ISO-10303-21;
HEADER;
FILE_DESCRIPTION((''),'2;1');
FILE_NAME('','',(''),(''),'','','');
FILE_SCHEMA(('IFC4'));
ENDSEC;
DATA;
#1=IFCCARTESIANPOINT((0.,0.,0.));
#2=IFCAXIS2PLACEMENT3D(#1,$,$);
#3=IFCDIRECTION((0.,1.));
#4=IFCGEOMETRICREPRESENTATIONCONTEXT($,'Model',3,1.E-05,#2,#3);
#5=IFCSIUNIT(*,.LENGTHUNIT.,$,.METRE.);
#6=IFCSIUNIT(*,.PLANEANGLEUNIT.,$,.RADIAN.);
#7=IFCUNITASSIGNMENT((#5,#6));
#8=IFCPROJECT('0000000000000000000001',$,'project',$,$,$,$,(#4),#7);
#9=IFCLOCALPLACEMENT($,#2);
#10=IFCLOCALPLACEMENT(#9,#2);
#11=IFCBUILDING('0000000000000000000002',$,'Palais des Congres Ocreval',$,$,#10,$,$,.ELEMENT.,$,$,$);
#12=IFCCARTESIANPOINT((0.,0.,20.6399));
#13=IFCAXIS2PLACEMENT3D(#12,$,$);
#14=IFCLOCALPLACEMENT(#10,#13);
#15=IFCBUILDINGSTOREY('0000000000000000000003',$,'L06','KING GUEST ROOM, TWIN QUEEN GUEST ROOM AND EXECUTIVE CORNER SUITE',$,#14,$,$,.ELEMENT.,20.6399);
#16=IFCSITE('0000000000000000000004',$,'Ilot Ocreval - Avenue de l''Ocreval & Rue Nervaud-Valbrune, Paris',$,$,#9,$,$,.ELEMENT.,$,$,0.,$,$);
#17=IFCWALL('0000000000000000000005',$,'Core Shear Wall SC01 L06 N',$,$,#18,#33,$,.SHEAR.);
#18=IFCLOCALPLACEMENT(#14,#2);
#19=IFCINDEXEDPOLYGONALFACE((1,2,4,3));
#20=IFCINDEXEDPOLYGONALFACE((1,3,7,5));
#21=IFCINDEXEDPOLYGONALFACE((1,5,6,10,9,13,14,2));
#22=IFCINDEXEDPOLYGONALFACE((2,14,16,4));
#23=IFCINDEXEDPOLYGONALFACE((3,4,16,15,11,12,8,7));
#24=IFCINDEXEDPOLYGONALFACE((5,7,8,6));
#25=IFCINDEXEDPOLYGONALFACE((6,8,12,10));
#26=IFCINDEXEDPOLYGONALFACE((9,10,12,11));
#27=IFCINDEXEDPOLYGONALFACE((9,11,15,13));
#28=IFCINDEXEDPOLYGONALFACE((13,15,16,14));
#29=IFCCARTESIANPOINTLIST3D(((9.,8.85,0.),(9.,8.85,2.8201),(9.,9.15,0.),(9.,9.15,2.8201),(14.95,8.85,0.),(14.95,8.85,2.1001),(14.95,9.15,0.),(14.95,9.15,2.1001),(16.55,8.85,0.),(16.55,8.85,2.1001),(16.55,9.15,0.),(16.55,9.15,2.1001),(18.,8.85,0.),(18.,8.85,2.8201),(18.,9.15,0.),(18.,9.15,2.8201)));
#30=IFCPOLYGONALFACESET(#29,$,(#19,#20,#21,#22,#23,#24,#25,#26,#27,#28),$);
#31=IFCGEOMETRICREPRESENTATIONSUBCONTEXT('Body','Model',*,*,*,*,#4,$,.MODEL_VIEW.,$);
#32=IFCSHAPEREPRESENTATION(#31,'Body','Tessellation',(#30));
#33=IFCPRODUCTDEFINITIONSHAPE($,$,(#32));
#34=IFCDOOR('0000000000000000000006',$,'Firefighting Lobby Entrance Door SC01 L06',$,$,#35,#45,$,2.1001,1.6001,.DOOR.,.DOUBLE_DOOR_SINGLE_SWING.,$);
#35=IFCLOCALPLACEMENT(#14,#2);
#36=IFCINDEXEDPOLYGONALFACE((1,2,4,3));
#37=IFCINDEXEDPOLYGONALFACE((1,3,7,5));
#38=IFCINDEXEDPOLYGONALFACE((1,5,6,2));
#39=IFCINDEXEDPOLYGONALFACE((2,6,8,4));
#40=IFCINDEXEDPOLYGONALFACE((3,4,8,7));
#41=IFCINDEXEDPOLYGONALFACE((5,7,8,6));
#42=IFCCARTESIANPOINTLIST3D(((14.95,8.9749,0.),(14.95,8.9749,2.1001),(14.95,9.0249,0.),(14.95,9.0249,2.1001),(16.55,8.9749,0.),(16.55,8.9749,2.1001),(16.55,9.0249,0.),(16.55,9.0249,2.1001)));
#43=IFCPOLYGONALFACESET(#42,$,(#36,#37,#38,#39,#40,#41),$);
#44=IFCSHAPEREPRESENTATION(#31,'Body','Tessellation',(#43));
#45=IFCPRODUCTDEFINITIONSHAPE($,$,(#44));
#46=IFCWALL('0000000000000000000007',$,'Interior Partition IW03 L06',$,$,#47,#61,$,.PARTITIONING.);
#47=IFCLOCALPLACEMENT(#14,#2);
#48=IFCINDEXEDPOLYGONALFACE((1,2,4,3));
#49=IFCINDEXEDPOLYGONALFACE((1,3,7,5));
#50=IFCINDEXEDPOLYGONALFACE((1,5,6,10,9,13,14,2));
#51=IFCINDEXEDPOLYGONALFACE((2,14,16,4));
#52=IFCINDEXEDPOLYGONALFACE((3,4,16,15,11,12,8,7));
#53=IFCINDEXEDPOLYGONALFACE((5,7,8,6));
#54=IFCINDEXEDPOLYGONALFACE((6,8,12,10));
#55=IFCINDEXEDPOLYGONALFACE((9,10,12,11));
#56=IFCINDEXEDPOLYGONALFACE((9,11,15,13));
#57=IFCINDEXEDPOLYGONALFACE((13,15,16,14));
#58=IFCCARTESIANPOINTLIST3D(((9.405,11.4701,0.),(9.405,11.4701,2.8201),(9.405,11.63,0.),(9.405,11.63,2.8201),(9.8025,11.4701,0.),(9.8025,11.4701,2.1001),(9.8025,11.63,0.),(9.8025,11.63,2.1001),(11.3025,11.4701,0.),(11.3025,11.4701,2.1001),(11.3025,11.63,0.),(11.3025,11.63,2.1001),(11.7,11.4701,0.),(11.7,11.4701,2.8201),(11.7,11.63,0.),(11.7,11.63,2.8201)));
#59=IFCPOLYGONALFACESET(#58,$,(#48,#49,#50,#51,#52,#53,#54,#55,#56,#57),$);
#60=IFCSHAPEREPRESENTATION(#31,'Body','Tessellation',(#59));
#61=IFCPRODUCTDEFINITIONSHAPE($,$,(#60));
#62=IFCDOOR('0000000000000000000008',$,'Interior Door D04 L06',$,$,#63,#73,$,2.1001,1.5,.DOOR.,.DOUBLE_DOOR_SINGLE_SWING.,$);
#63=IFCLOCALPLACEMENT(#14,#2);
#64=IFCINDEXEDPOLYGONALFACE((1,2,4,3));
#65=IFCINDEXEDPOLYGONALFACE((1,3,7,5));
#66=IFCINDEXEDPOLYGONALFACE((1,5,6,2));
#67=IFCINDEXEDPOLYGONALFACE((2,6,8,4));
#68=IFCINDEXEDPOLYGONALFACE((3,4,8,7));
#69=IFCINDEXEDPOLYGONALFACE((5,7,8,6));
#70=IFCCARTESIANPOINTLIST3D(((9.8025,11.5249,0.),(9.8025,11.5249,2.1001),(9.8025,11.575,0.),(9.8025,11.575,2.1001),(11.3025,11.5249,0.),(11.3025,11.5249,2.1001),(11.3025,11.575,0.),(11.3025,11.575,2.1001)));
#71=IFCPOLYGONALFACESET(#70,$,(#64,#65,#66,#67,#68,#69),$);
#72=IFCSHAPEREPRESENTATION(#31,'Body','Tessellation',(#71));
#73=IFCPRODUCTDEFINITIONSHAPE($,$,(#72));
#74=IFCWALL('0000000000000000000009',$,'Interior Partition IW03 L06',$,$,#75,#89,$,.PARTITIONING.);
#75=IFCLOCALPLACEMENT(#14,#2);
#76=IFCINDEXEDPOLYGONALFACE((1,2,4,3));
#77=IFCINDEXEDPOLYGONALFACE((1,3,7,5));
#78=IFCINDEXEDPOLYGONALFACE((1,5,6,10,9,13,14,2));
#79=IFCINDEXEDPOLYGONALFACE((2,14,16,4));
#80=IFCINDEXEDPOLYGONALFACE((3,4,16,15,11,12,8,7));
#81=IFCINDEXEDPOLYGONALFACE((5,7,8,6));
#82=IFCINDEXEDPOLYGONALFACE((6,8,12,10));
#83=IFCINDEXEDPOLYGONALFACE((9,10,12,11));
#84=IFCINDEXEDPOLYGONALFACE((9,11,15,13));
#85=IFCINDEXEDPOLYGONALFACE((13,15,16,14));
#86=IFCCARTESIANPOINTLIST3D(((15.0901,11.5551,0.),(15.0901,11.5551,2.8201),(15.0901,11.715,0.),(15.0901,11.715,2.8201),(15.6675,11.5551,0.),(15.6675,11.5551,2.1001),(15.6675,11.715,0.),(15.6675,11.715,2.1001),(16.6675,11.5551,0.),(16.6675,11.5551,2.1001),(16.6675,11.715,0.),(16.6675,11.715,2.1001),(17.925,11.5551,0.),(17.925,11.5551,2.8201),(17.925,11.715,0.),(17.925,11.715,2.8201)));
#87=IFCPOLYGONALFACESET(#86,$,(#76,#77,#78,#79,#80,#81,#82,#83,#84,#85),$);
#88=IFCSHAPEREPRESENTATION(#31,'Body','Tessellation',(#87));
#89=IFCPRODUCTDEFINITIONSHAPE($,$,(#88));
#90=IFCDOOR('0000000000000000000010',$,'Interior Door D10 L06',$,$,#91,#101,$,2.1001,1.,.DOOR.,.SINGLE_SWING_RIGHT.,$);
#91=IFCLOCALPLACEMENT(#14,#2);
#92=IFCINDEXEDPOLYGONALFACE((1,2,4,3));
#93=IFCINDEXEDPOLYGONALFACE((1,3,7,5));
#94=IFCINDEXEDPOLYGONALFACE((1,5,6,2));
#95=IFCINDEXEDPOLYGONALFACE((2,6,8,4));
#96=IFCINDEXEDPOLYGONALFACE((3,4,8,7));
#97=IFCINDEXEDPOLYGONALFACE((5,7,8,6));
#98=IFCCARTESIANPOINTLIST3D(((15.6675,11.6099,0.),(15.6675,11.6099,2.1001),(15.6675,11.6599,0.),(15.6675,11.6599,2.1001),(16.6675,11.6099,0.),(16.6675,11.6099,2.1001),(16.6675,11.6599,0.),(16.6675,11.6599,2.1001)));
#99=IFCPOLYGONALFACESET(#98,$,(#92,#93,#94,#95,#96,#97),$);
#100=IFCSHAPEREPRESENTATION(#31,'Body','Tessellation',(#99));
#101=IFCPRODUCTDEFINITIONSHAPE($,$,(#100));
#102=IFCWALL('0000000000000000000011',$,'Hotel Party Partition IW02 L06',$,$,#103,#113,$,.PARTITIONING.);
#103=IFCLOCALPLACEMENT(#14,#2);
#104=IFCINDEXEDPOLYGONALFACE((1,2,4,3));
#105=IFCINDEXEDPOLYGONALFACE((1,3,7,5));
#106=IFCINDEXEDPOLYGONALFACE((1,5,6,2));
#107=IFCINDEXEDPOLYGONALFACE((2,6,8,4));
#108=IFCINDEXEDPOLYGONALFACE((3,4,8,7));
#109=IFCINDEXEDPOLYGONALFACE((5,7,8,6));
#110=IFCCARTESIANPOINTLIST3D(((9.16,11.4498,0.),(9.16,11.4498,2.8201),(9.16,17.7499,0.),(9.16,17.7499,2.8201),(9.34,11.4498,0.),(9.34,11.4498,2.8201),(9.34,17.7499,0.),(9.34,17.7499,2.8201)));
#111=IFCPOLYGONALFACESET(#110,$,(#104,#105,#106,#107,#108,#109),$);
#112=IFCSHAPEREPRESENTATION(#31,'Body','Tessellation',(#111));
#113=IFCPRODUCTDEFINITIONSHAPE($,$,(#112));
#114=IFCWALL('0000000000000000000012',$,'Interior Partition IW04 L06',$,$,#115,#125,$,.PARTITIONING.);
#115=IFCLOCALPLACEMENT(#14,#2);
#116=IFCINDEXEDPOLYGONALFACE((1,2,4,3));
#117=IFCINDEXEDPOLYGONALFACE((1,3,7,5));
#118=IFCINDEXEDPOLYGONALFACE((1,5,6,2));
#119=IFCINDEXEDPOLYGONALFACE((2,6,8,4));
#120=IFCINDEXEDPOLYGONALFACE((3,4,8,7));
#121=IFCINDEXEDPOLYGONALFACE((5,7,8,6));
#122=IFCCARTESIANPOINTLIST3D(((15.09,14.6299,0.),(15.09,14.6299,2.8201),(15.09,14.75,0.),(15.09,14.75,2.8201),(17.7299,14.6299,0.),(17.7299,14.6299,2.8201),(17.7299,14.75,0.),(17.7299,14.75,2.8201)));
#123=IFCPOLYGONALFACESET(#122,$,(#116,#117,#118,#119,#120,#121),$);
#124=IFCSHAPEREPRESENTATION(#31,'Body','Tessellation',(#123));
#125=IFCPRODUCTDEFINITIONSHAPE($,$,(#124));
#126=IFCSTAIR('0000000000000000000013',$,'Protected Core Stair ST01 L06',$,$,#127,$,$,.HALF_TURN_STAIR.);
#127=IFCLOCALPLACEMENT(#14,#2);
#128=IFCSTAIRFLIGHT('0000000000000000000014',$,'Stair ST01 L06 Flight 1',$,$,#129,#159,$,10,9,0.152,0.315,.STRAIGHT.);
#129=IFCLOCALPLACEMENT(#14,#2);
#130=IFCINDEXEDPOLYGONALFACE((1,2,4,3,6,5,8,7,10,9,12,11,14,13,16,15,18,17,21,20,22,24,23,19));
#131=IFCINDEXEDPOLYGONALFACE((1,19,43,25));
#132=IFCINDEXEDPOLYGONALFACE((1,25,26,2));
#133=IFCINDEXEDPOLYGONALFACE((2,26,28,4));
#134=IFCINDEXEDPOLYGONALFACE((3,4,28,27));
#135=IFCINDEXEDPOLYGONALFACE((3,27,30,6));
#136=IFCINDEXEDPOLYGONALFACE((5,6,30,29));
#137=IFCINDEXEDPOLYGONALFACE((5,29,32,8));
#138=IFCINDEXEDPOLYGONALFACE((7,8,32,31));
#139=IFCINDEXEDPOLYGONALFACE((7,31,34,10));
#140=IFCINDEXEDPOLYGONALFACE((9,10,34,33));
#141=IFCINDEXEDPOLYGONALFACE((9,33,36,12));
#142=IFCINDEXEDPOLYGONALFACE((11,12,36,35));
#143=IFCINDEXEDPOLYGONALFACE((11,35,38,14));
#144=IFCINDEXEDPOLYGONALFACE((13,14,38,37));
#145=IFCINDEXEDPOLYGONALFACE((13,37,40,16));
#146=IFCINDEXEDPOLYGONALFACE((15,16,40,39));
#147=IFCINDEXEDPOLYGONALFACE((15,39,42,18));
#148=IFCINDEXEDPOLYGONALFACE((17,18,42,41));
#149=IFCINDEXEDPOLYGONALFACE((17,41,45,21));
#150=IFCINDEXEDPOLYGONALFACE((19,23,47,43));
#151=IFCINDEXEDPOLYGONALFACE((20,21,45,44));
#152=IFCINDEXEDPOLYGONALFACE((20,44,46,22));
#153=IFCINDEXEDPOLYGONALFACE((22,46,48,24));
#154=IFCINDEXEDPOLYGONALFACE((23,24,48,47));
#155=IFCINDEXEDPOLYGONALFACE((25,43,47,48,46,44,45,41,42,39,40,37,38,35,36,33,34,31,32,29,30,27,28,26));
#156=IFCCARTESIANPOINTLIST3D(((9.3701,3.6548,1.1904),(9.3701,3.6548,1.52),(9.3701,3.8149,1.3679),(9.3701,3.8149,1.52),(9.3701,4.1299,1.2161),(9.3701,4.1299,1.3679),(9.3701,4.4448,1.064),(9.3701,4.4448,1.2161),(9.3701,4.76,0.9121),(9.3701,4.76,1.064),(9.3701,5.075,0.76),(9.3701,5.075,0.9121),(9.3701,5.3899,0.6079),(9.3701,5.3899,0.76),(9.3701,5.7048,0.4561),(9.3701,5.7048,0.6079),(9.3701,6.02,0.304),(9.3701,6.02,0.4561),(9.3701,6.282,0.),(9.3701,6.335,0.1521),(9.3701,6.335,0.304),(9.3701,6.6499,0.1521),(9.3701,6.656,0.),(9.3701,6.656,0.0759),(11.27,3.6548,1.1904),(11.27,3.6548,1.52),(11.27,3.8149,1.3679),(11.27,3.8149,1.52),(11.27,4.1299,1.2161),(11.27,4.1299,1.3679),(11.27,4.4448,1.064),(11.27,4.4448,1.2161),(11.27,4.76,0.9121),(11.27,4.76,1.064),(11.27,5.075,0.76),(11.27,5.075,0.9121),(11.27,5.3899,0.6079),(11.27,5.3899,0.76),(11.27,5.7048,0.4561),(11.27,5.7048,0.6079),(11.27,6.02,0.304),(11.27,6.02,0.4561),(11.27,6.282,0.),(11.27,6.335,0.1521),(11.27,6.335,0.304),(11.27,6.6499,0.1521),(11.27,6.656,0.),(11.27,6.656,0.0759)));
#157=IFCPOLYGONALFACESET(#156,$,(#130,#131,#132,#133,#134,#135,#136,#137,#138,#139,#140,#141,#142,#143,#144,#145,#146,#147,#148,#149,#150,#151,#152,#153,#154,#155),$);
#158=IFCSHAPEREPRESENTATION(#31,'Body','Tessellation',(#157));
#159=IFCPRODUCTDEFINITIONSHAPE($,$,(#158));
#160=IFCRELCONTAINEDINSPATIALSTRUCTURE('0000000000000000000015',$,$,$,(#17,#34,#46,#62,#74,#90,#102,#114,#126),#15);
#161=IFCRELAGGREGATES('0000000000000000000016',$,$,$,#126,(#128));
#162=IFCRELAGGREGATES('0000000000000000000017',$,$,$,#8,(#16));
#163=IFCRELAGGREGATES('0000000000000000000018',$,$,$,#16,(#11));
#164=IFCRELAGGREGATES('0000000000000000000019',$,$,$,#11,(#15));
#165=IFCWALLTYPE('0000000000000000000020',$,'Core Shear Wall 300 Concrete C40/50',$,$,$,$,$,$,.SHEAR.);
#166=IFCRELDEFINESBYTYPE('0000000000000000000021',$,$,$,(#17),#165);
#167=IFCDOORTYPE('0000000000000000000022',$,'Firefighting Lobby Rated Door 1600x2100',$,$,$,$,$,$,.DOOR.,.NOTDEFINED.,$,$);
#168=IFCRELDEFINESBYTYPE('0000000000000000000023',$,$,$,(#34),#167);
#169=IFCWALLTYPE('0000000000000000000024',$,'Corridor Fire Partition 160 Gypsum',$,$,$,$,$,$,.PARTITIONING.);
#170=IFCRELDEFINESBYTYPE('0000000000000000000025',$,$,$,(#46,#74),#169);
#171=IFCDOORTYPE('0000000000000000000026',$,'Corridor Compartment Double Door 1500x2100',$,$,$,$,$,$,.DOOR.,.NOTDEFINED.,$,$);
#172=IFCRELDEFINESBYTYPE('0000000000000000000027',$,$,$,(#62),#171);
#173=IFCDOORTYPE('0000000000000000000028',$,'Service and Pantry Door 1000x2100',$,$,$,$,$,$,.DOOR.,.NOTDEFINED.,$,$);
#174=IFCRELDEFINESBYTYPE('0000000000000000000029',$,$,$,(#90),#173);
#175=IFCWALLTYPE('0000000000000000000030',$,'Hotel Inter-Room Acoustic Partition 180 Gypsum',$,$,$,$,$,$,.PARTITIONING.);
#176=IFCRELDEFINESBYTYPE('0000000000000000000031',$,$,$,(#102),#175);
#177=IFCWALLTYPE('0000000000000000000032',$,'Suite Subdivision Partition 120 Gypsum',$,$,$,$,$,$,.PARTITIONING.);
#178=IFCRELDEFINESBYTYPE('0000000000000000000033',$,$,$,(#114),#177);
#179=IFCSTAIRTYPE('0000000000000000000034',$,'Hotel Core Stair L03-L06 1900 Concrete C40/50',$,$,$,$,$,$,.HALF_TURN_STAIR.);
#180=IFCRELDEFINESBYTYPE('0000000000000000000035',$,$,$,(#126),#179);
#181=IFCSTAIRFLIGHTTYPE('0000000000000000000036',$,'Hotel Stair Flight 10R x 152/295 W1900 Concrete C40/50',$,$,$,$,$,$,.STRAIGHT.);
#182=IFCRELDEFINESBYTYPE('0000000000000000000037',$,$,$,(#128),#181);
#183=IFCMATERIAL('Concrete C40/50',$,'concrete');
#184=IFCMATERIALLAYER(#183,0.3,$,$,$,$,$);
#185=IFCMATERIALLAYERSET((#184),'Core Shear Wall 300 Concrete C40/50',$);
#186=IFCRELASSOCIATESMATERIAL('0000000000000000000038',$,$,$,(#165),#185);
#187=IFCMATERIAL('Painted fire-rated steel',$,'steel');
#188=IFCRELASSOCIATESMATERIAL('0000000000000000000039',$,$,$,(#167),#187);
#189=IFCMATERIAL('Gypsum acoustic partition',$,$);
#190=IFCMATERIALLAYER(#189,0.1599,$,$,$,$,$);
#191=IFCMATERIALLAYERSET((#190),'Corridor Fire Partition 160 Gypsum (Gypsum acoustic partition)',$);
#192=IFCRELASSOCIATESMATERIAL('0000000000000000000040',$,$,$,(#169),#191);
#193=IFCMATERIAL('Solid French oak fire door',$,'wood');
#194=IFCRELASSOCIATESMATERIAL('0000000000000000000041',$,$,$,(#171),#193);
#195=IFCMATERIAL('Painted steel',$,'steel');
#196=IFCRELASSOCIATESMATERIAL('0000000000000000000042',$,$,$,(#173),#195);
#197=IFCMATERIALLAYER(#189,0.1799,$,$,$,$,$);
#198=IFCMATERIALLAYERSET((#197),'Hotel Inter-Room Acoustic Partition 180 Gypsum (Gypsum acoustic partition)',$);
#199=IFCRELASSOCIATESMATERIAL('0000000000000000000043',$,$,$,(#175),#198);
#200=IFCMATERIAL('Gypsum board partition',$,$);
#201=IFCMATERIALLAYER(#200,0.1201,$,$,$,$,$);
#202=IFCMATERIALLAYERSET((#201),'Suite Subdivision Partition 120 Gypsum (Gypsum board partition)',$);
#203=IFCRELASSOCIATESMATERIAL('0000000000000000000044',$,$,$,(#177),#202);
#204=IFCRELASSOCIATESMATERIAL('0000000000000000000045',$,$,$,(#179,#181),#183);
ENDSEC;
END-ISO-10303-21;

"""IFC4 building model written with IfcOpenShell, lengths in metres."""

from ifc_helpers import new_model, si_unit, direction, frame, frame_2d, origin, place, context, subcontext, project, spatial, polyline, rectangle, outline, extrude, material, layer, layer_set, type_object, element, fill, aggregate, save


model = new_model("IFC4")

# Units and contexts
model_context = context("Model", 3, precision=1e-05, world=origin(), true_north=direction((0.0, 1.0)))
body_context = subcontext(model_context, "Body", "Model", "MODEL_VIEW")
ifc_project = project(units=[si_unit("LENGTHUNIT", "METRE"), si_unit("PLANEANGLEUNIT", "RADIAN")], contexts=[model_context])

# Site, building, storey
site_placement = place(None, origin())
site = spatial("IfcSite", under=ifc_project, at=site_placement, Name="Ilot Ocreval - Avenue de l'Ocreval & Rue Nervaud-Valbrune, Paris", CompositionType="ELEMENT", RefElevation=0.0)
building_placement = place(site_placement, origin())
building = spatial("IfcBuilding", under=site, at=building_placement, Name="Palais des Congres Ocreval", CompositionType="ELEMENT")
storey_placement = place(building_placement, frame((0.0, 0.0, 20.6399)))
storey = spatial("IfcBuildingStorey", under=building, at=storey_placement, Name="L06", Description="KING GUEST ROOM, TWIN QUEEN GUEST ROOM AND EXECUTIVE CORNER SUITE", CompositionType="ELEMENT", Elevation=20.6399)

# Shared definitions
ifc_material_1 = material(Name="Concrete C40/50", Category="concrete")

# Walls, openings, doors
ifc_layer_1 = layer(ifc_material_1, 0.3)
ifc_layer_set_1 = layer_set([ifc_layer_1], Name="Core Shear Wall 300 Concrete C40/50")
wall_type_1 = type_object("IfcWallType", Name="Core Shear Wall 300 Concrete C40/50", PredefinedType="SHEAR", material=ifc_layer_set_1)
wall_1_placement = place(storey_placement, frame((9.0, 9.0, 0.0), z_axis=(0.0, 0.0, 1.0), x_axis=(1.0, 0.0, 0.0)))
wall_1 = element("IfcWall", 1, at=wall_1_placement, inside=storey, type_object=wall_type_1, Name="Core Shear Wall SC01 L06 N", PredefinedType="SHEAR", context=body_context, shape_type="SweptSolid", body=[
    extrude(rectangle(XDim=9.0, YDim=0.3, at=frame_2d((4.5, 0.0))), origin(), (0.0, 0.0, 1.0), 2.8201),
])
opening_1_placement = place(wall_1_placement, frame((5.95, 0.0, 0.0)))
opening_1 = element("IfcOpeningElement", 2, at=opening_1_placement, cuts=wall_1, PredefinedType="OPENING", context=body_context, shape_type="SweptSolid", body=[
    extrude(rectangle(XDim=1.6001, YDim=2.1001, at=frame_2d((0.8, 1.05))), frame((0.0, 0.1599, 0.0), z_axis=(0.0, -1.0, 0.0), x_axis=(1.0, 0.0, 0.0)), (0.0, 0.0, 1.0), 0.3201),
])
ifc_material_2 = material(Name="Painted fire-rated steel", Category="steel")
door_type_1 = type_object("IfcDoorType", Name="Firefighting Lobby Rated Door 1600x2100", OperationType="NOTDEFINED", PredefinedType="DOOR", material=ifc_material_2)
door_1_placement = place(opening_1_placement, origin())
door_1 = element("IfcDoor", 3, at=door_1_placement, inside=storey, type_object=door_type_1, Name="Firefighting Lobby Entrance Door SC01 L06", OperationType="DOUBLE_DOOR_SINGLE_SWING", OverallHeight=2.1001, OverallWidth=1.6001, PredefinedType="DOOR", context=body_context, shape_type="SweptSolid", body=[
    extrude(rectangle(XDim=1.6001, YDim=2.1001, at=frame_2d((0.8, 1.05))), frame((0.0, 0.0249, 0.0), z_axis=(0.0, -1.0, 0.0), x_axis=(1.0, 0.0, 0.0)), (0.0, 0.0, 1.0), 0.05),
])
fill(opening_1, door_1)
ifc_material_3 = material(Name="Gypsum acoustic partition")
ifc_layer_2 = layer(ifc_material_3, 0.1599)
ifc_layer_set_2 = layer_set([ifc_layer_2], Name="Corridor Fire Partition 160 Gypsum (Gypsum acoustic partition)")
wall_type_2 = type_object("IfcWallType", Name="Corridor Fire Partition 160 Gypsum", PredefinedType="PARTITIONING", material=ifc_layer_set_2)
wall_2_placement = place(storey_placement, frame((9.405, 11.55, 0.0), z_axis=(0.0, 0.0, 1.0), x_axis=(1.0, 0.0, 0.0)))
wall_2 = element("IfcWall", 4, at=wall_2_placement, inside=storey, type_object=wall_type_2, Name="Interior Partition IW03 L06", PredefinedType="PARTITIONING", context=body_context, shape_type="SweptSolid", body=[
    extrude(rectangle(XDim=2.2949, YDim=0.1599, at=frame_2d((1.1475, 0.0))), origin(), (0.0, 0.0, 1.0), 2.8201),
])
opening_2_placement = place(wall_2_placement, frame((0.3975, 0.0, 0.0)))
opening_2 = element("IfcOpeningElement", 5, at=opening_2_placement, cuts=wall_2, PredefinedType="OPENING", context=body_context, shape_type="SweptSolid", body=[
    extrude(rectangle(XDim=1.5, YDim=2.1001, at=frame_2d((0.75, 1.05))), frame((0.0, 0.0898, 0.0), z_axis=(0.0, -1.0, 0.0), x_axis=(1.0, 0.0, 0.0)), (0.0, 0.0, 1.0), 0.1799),
])
ifc_material_4 = material(Name="Solid French oak fire door", Category="wood")
door_type_2 = type_object("IfcDoorType", Name="Corridor Compartment Double Door 1500x2100", OperationType="NOTDEFINED", PredefinedType="DOOR", material=ifc_material_4)
door_2_placement = place(opening_2_placement, origin())
door_2 = element("IfcDoor", 6, at=door_2_placement, inside=storey, type_object=door_type_2, Name="Interior Door D04 L06", OperationType="DOUBLE_DOOR_SINGLE_SWING", OverallHeight=2.1001, OverallWidth=1.5, PredefinedType="DOOR", context=body_context, shape_type="SweptSolid", body=[
    extrude(rectangle(XDim=1.5, YDim=2.1001, at=frame_2d((0.75, 1.05))), frame((0.0, 0.0249, 0.0), z_axis=(0.0, -1.0, 0.0), x_axis=(1.0, 0.0, 0.0)), (0.0, 0.0, 1.0), 0.05),
])
fill(opening_2, door_2)
wall_3_placement = place(storey_placement, frame((15.0901, 11.635, 0.0), z_axis=(0.0, 0.0, 1.0), x_axis=(1.0, 0.0, 0.0)))
wall_3 = element("IfcWall", 7, at=wall_3_placement, inside=storey, type_object=wall_type_2, Name="Interior Partition IW03 L06", PredefinedType="PARTITIONING", context=body_context, shape_type="SweptSolid", body=[
    extrude(rectangle(XDim=2.835, YDim=0.1599, at=frame_2d((1.4175, 0.0))), origin(), (0.0, 0.0, 1.0), 2.8201),
])
opening_3_placement = place(wall_3_placement, frame((0.5774, 0.0, 0.0)))
opening_3 = element("IfcOpeningElement", 8, at=opening_3_placement, cuts=wall_3, PredefinedType="OPENING", context=body_context, shape_type="SweptSolid", body=[
    extrude(rectangle(XDim=1.0, YDim=2.1001, at=frame_2d((0.5, 1.05))), frame((0.0, 0.0898, 0.0), z_axis=(0.0, -1.0, 0.0), x_axis=(1.0, 0.0, 0.0)), (0.0, 0.0, 1.0), 0.1799),
])
ifc_material_5 = material(Name="Painted steel", Category="steel")
door_type_3 = type_object("IfcDoorType", Name="Service and Pantry Door 1000x2100", OperationType="NOTDEFINED", PredefinedType="DOOR", material=ifc_material_5)
door_3_placement = place(opening_3_placement, origin())
door_3 = element("IfcDoor", 9, at=door_3_placement, inside=storey, type_object=door_type_3, Name="Interior Door D10 L06", OperationType="SINGLE_SWING_RIGHT", OverallHeight=2.1001, OverallWidth=1.0, PredefinedType="DOOR", context=body_context, shape_type="SweptSolid", body=[
    extrude(rectangle(XDim=1.0, YDim=2.1001, at=frame_2d((0.5, 1.05))), frame((0.0, 0.0249, 0.0), z_axis=(0.0, -1.0, 0.0), x_axis=(1.0, 0.0, 0.0)), (0.0, 0.0, 1.0), 0.05),
])
fill(opening_3, door_3)

# Walls
ifc_layer_3 = layer(ifc_material_3, 0.1799)
ifc_layer_set_3 = layer_set([ifc_layer_3], Name="Hotel Inter-Room Acoustic Partition 180 Gypsum (Gypsum acoustic partition)")
wall_type_3 = type_object("IfcWallType", Name="Hotel Inter-Room Acoustic Partition 180 Gypsum", PredefinedType="PARTITIONING", material=ifc_layer_set_3)
wall_4_placement = place(storey_placement, frame((9.25, 11.45, 0.0), z_axis=(0.0, 0.0, 1.0), x_axis=(0.0, 1.0, 0.0)))
element("IfcWall", 10, at=wall_4_placement, inside=storey, type_object=wall_type_3, Name="Hotel Party Partition IW02 L06", PredefinedType="PARTITIONING", context=body_context, shape_type="SweptSolid", body=[
    extrude(rectangle(XDim=6.3, YDim=0.1799, at=frame_2d((3.1499, 0.0))), origin(), (0.0, 0.0, 1.0), 2.8201),
])
ifc_material_6 = material(Name="Gypsum board partition")
ifc_layer_4 = layer(ifc_material_6, 0.1201)
ifc_layer_set_4 = layer_set([ifc_layer_4], Name="Suite Subdivision Partition 120 Gypsum (Gypsum board partition)")
wall_type_4 = type_object("IfcWallType", Name="Suite Subdivision Partition 120 Gypsum", PredefinedType="PARTITIONING", material=ifc_layer_set_4)
wall_5_placement = place(storey_placement, frame((15.0901, 14.6899, 0.0), z_axis=(0.0, 0.0, 1.0), x_axis=(1.0, 0.0, 0.0)))
element("IfcWall", 11, at=wall_5_placement, inside=storey, type_object=wall_type_4, Name="Interior Partition IW04 L06", PredefinedType="PARTITIONING", context=body_context, shape_type="SweptSolid", body=[
    extrude(rectangle(XDim=2.6399, YDim=0.1201, at=frame_2d((1.3198, 0.0))), origin(), (0.0, 0.0, 1.0), 2.8201),
])

# Stair, stair flight
stair_type = type_object("IfcStairType", Name="Hotel Core Stair L03-L06 1900 Concrete C40/50", PredefinedType="HALF_TURN_STAIR", material=ifc_material_1)
stair_placement = place(storey_placement, origin())
stair = element("IfcStair", 12, at=stair_placement, inside=storey, type_object=stair_type, Name="Protected Core Stair ST01 L06", PredefinedType="HALF_TURN_STAIR")
stair_flight_type = type_object("IfcStairFlightType", Name="Hotel Stair Flight 10R x 152/295 W1900 Concrete C40/50", PredefinedType="STRAIGHT", material=ifc_material_1)
stair_flight_placement = place(storey_placement, frame((10.3201, 6.6499, 0.0), z_axis=(0.0, 0.0, 1.0), x_axis=(0.0, -1.0, 0.0)))
stair_flight = element("IfcStairFlight", 13, at=stair_flight_placement, type_object=stair_flight_type, Name="Stair ST01 L06 Flight 1", NumberOfRisers=10, NumberOfTreads=9, PredefinedType="STRAIGHT", RiserHeight=0.152, TreadLength=0.315, context=body_context, shape_type="SweptSolid", body=[
    extrude(outline(polyline([(-0.0061, 0.0), (-0.0061, 0.0759), (0.0, 0.1521), (0.3149, 0.1521), (0.3149, 0.304), (0.6299, 0.304), (0.6299, 0.4561), (0.9451, 0.4561), (0.9451, 0.6079), (1.26, 0.6079), (1.26, 0.76), (1.575, 0.76), (1.575, 0.9121), (1.8899, 0.9121), (1.8899, 1.064), (2.2051, 1.064), (2.2051, 1.2161), (2.52, 1.2161), (2.52, 1.3679), (2.835, 1.3679), (2.835, 1.52), (2.9951, 1.52), (2.9951, 1.1904), (0.3679, 0.0), (-0.0061, 0.0)])), frame((0.0, 0.95, 0.0), z_axis=(0.0, -1.0, 0.0), x_axis=(1.0, 0.0, 0.0)), (0.0, 0.0, 1.0), 1.8999),
])
aggregate(stair, [stair_flight])

save(model, "model.ifc")
